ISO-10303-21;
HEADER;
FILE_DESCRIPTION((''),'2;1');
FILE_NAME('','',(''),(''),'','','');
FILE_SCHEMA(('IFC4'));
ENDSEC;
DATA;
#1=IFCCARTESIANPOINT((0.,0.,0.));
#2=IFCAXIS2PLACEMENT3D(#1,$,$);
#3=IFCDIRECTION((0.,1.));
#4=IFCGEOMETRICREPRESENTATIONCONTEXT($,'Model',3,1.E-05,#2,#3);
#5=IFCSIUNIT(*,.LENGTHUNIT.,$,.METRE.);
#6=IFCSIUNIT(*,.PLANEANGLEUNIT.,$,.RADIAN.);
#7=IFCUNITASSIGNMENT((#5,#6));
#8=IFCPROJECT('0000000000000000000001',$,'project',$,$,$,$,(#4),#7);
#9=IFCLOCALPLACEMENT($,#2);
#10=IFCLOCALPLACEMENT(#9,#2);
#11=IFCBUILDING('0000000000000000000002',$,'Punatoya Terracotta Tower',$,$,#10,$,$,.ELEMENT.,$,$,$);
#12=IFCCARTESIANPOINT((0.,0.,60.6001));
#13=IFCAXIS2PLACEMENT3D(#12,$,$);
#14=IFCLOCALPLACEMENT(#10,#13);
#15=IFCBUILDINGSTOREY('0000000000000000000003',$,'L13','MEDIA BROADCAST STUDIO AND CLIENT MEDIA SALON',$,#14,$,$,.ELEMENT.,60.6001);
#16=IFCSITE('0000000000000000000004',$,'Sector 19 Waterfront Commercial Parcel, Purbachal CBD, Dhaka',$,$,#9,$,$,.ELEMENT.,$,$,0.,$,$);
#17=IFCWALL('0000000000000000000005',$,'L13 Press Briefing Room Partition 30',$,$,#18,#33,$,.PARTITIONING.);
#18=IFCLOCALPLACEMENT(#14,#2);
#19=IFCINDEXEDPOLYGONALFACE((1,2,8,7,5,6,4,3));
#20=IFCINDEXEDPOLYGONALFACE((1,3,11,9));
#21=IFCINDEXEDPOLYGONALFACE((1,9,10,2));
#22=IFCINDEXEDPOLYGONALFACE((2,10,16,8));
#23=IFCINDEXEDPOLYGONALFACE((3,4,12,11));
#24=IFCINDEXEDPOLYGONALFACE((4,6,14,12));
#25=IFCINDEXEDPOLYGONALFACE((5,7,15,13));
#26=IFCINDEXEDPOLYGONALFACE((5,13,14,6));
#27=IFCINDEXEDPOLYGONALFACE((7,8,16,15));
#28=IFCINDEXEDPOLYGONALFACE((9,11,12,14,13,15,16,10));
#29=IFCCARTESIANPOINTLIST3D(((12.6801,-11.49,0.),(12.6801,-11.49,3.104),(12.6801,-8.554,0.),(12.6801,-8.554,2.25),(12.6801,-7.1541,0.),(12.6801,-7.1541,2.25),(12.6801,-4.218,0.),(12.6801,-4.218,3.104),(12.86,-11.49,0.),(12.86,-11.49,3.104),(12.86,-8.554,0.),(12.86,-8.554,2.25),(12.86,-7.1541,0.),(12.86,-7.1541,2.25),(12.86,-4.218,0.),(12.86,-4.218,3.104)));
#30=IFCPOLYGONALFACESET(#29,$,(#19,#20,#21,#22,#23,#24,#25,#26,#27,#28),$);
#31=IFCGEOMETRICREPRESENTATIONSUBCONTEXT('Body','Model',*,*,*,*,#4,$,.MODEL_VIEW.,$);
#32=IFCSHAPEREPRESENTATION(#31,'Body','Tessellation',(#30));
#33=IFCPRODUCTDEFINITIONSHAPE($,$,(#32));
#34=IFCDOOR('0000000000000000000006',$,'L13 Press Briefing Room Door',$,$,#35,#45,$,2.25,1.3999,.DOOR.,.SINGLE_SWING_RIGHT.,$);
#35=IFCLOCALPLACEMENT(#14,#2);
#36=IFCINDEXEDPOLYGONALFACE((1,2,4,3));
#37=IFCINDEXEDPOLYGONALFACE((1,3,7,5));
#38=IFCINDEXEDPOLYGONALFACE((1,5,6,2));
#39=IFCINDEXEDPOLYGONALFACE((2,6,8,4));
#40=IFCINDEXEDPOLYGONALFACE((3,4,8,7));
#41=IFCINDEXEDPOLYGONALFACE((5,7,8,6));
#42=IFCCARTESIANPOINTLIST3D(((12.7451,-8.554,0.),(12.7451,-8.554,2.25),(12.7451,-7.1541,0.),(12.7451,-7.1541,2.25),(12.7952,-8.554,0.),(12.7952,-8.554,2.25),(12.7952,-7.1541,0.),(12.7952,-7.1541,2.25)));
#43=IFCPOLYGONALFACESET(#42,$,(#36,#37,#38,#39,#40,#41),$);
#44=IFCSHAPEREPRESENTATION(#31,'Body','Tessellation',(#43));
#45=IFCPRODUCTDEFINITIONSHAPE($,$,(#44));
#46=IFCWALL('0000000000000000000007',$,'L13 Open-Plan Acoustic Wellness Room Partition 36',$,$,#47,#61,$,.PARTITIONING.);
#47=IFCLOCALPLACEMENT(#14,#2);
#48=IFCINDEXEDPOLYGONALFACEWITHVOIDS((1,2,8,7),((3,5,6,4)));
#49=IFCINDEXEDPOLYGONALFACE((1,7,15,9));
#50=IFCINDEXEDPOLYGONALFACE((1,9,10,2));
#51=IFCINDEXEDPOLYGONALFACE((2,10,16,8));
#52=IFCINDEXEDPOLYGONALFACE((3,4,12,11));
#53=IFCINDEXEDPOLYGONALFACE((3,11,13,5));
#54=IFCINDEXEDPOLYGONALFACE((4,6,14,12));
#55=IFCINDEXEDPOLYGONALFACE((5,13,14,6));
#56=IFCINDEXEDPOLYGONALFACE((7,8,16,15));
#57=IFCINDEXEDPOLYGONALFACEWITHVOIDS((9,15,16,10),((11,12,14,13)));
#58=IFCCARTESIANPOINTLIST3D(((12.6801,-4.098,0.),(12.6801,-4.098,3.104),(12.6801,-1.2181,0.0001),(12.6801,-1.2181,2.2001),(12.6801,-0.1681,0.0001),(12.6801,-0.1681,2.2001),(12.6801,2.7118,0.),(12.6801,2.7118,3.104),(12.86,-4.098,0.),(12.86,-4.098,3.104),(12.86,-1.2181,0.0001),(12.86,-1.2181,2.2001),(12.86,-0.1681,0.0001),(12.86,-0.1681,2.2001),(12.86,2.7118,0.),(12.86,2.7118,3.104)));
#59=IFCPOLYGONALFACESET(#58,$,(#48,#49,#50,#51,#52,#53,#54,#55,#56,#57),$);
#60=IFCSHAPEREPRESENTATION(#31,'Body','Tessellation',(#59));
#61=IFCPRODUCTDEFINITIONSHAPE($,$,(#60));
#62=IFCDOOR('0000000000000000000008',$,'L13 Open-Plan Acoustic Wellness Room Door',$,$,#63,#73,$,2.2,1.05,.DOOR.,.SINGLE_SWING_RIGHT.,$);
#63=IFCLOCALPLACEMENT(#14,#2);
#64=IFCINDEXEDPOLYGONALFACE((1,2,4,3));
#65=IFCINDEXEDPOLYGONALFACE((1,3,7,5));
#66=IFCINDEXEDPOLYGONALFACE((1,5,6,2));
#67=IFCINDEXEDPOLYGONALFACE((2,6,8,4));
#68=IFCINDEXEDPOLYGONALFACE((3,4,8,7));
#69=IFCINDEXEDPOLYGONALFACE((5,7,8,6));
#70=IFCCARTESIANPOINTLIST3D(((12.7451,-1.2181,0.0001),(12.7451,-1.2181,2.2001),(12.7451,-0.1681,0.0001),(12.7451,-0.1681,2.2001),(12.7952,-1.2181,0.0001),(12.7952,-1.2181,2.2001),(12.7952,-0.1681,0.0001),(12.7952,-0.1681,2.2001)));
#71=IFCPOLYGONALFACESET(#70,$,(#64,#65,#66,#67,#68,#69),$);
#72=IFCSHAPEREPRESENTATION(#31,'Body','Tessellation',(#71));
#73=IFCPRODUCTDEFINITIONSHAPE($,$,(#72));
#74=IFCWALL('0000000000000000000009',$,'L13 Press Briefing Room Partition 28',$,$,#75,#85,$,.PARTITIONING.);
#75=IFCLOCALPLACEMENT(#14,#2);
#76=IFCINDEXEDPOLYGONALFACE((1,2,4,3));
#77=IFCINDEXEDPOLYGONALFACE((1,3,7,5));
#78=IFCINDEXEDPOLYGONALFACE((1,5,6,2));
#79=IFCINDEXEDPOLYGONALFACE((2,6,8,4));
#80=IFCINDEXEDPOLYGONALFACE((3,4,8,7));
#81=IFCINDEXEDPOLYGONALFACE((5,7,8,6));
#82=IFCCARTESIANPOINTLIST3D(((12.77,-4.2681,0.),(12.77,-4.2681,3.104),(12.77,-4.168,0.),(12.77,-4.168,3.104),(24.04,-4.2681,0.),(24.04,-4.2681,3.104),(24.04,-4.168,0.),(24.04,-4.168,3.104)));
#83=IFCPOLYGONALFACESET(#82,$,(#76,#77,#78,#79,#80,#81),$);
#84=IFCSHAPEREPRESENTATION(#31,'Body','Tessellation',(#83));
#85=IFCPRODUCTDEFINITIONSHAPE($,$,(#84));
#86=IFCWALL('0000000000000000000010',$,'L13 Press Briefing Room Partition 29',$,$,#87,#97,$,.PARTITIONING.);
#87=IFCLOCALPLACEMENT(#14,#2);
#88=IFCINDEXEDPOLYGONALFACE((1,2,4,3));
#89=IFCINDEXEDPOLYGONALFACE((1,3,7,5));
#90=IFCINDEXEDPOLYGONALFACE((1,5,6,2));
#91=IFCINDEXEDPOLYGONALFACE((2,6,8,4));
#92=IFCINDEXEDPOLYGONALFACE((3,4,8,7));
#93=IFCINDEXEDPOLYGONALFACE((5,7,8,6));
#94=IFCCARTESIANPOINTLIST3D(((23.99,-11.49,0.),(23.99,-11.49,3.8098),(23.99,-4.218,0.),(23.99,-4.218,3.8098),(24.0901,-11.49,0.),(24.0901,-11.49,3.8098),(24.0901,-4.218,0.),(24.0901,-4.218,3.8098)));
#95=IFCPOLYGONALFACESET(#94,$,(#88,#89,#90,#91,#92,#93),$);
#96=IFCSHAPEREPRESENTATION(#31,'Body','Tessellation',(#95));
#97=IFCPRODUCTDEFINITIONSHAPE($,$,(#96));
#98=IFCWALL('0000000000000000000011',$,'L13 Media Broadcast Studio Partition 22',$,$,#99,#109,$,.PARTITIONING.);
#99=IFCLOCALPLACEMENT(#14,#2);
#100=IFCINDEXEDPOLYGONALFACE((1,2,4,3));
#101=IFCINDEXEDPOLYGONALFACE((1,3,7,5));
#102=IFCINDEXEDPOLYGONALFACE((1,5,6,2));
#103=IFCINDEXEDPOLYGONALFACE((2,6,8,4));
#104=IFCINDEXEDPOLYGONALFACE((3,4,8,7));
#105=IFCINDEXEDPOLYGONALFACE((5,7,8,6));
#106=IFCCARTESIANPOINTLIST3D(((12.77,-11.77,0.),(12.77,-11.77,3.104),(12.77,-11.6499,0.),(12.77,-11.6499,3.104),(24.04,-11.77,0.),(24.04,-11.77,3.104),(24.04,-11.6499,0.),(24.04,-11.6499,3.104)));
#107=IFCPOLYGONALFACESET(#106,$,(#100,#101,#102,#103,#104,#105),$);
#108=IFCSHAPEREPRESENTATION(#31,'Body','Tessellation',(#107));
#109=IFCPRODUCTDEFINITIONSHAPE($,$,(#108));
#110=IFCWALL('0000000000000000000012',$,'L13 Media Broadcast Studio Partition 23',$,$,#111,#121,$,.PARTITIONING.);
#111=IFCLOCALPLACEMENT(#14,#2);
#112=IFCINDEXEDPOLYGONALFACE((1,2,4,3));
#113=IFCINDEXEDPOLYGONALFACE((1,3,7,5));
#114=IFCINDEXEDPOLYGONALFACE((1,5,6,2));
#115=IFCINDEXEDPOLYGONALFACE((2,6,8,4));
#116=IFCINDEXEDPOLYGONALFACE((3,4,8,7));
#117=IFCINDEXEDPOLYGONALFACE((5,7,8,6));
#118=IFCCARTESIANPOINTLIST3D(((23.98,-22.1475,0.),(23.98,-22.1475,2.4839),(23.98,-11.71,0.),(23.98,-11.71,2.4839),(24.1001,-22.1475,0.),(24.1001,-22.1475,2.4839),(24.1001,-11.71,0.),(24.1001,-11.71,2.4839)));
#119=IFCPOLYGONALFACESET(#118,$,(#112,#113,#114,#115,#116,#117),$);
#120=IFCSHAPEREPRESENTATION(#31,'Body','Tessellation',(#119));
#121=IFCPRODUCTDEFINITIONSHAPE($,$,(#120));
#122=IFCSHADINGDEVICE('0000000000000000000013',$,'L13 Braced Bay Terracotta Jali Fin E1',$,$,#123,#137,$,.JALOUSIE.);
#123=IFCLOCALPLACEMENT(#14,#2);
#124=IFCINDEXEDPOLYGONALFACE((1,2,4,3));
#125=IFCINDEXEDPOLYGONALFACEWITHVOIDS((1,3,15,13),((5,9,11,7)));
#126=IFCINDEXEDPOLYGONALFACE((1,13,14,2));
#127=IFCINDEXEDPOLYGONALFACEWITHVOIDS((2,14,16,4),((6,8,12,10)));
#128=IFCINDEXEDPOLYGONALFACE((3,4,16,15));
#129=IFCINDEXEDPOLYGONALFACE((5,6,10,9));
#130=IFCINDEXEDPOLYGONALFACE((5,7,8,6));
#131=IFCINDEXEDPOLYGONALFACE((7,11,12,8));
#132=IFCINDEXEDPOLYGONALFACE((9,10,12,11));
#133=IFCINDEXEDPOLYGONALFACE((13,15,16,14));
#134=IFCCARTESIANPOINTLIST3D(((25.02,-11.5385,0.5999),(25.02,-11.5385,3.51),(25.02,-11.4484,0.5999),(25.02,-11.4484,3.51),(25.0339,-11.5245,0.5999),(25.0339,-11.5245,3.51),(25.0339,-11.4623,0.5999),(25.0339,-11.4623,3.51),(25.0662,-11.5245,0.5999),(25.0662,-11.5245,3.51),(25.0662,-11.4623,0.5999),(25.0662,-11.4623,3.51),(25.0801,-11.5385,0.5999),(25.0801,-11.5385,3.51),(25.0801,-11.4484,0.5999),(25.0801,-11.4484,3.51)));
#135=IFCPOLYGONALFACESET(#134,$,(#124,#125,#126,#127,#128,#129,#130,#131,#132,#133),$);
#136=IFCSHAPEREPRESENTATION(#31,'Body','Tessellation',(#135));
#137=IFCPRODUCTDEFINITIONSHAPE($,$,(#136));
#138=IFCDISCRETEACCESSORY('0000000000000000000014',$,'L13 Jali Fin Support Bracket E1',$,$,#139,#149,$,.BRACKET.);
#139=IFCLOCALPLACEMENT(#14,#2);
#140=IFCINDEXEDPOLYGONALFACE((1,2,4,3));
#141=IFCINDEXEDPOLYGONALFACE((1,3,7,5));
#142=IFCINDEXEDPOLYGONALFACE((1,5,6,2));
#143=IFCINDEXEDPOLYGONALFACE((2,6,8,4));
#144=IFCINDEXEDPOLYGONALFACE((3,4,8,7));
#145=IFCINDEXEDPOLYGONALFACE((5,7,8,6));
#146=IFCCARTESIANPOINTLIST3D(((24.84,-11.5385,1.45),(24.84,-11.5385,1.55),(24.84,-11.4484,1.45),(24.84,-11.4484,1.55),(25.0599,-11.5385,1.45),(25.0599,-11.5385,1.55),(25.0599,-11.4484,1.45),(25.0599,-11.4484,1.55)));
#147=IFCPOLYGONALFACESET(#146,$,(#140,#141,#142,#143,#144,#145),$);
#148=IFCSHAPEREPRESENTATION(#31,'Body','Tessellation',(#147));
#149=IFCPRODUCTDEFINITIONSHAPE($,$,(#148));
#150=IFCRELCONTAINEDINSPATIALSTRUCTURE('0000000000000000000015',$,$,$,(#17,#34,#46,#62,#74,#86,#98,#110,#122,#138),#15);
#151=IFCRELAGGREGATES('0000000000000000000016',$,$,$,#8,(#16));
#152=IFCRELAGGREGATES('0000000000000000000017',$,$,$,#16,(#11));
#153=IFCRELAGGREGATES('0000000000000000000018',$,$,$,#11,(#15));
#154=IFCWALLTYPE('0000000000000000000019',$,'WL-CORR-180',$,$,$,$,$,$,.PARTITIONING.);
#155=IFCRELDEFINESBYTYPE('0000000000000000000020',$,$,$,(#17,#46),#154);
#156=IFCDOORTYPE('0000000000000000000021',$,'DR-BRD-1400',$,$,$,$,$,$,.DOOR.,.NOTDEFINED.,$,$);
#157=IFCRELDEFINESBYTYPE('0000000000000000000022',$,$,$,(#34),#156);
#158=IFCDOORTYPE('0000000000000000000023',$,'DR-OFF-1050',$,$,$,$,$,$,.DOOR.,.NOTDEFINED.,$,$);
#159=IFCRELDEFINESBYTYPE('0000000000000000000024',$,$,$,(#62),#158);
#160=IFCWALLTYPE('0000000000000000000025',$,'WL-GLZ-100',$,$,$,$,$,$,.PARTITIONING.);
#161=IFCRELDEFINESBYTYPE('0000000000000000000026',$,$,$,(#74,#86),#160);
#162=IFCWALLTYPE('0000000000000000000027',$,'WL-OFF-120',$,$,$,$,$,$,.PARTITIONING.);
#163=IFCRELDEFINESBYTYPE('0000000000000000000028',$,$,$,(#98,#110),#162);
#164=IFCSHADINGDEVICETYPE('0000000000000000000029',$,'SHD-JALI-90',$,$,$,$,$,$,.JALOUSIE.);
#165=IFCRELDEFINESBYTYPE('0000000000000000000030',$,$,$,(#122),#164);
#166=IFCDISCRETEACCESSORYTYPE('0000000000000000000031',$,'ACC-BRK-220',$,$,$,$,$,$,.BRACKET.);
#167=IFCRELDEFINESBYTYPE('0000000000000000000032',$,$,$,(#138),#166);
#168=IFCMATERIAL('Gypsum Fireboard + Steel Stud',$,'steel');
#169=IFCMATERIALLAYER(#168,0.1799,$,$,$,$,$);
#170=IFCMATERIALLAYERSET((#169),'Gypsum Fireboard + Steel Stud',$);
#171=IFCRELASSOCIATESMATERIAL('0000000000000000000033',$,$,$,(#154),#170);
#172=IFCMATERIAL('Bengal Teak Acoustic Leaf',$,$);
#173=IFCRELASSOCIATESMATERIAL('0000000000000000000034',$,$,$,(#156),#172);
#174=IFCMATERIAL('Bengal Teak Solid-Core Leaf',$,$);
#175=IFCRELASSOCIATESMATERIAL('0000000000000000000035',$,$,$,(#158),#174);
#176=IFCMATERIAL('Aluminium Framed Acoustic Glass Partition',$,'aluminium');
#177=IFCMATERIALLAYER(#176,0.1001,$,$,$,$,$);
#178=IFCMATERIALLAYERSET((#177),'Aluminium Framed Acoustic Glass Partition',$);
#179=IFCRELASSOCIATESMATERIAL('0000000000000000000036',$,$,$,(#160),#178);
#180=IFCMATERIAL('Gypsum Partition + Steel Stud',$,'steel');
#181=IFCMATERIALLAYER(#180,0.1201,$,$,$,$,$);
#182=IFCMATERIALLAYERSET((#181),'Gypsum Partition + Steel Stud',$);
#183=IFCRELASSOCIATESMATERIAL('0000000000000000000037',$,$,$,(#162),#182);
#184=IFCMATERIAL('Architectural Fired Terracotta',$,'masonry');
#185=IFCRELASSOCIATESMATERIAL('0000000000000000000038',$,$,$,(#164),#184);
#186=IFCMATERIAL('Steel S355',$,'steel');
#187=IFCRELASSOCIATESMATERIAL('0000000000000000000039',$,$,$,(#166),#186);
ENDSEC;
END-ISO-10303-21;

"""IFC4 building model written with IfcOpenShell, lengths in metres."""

from ifc_helpers import new_model, si_unit, direction, frame, frame_2d, origin, origin_2d, place, context, subcontext, project, spatial, rectangle, hollow_rectangle, extrude, material, layer, layer_set, material_profile, profile_set, type_object, element, fill, save


model = new_model("IFC4")

# Units and contexts
model_context = context("Model", 3, precision=1e-05, world=origin(), true_north=direction((0.0, 1.0)))
body_context = subcontext(model_context, "Body", "Model", "MODEL_VIEW")
ifc_project = project(units=[si_unit("LENGTHUNIT", "METRE"), si_unit("PLANEANGLEUNIT", "RADIAN")], contexts=[model_context])

# Site, building, storey
site_placement = place(None, origin())
site = spatial("IfcSite", under=ifc_project, at=site_placement, Name="Sector 19 Waterfront Commercial Parcel, Purbachal CBD, Dhaka", CompositionType="ELEMENT", RefElevation=0.0)
building_placement = place(site_placement, origin())
building = spatial("IfcBuilding", under=site, at=building_placement, Name="Punatoya Terracotta Tower", CompositionType="ELEMENT")
storey_placement = place(building_placement, frame((0.0, 0.0, 60.6001)))
storey = spatial("IfcBuildingStorey", under=building, at=storey_placement, Name="L13", Description="MEDIA BROADCAST STUDIO AND CLIENT MEDIA SALON", CompositionType="ELEMENT", Elevation=60.6001)

# Walls, openings, doors
ifc_material_1 = material(Name="Gypsum Fireboard + Steel Stud", Category="steel")
ifc_layer_1 = layer(ifc_material_1, 0.1799)
ifc_layer_set_1 = layer_set([ifc_layer_1], Name="Gypsum Fireboard + Steel Stud")
wall_type_1 = type_object("IfcWallType", Name="WL-CORR-180", PredefinedType="PARTITIONING", material=ifc_layer_set_1)
wall_1_placement = place(storey_placement, frame((12.77, -11.49, 0.0), z_axis=(0.0, 0.0, 1.0), x_axis=(0.0, 1.0, 0.0)))
wall_1 = element("IfcWall", 1, at=wall_1_placement, inside=storey, type_object=wall_type_1, Name="L13 Press Briefing Room Partition 30", PredefinedType="PARTITIONING", context=body_context, shape_type="SweptSolid", body=[
    extrude(rectangle(XDim=7.272, YDim=0.1799, at=frame_2d((3.636, 0.0))), origin(), (0.0, 0.0, 1.0), 3.104),
])
opening_1_placement = place(wall_1_placement, frame((2.936, 0.0, 0.0)))
opening_1 = element("IfcOpeningElement", 2, at=opening_1_placement, cuts=wall_1, PredefinedType="OPENING", context=body_context, shape_type="SweptSolid", body=[
    extrude(rectangle(XDim=1.3999, YDim=2.25, at=frame_2d((0.7, 1.125))), frame((0.0, 0.0999, 0.0), z_axis=(0.0, -1.0, 0.0), x_axis=(1.0, 0.0, 0.0)), (0.0, 0.0, 1.0), 0.2),
])
ifc_material_2 = material(Name="Bengal Teak Acoustic Leaf")
door_type_1 = type_object("IfcDoorType", Name="DR-BRD-1400", OperationType="NOTDEFINED", PredefinedType="DOOR", material=ifc_material_2)
door_1_placement = place(opening_1_placement, origin())
door_1 = element("IfcDoor", 3, at=door_1_placement, inside=storey, type_object=door_type_1, Name="L13 Press Briefing Room Door", OperationType="SINGLE_SWING_RIGHT", OverallHeight=2.25, OverallWidth=1.3999, PredefinedType="DOOR", context=body_context, shape_type="SweptSolid", body=[
    extrude(rectangle(XDim=1.3999, YDim=2.25, at=frame_2d((0.7, 1.125))), frame((0.0, 0.0249, 0.0), z_axis=(0.0, -1.0, 0.0), x_axis=(1.0, 0.0, 0.0)), (0.0, 0.0, 1.0), 0.05),
])
fill(opening_1, door_1)
wall_2_placement = place(storey_placement, frame((12.77, -4.0979, 0.0), z_axis=(0.0, 0.0, 1.0), x_axis=(0.0, 1.0, 0.0)))
wall_2 = element("IfcWall", 4, at=wall_2_placement, inside=storey, type_object=wall_type_1, Name="L13 Open-Plan Acoustic Wellness Room Partition 36", PredefinedType="PARTITIONING", context=body_context, shape_type="SweptSolid", body=[
    extrude(rectangle(XDim=6.8098, YDim=0.1799, at=frame_2d((3.4048, 0.0))), origin(), (0.0, 0.0, 1.0), 3.104),
])
opening_2_placement = place(wall_2_placement, frame((2.8799, 0.0, 0.0)))
opening_2 = element("IfcOpeningElement", 5, at=opening_2_placement, cuts=wall_2, PredefinedType="OPENING", context=body_context, shape_type="SweptSolid", body=[
    extrude(rectangle(XDim=1.05, YDim=2.2, at=frame_2d((0.5249, 1.1001))), frame((0.0, 0.0999, 0.0), z_axis=(0.0, -1.0, 0.0), x_axis=(1.0, 0.0, 0.0)), (0.0, 0.0, 1.0), 0.2),
])
ifc_material_3 = material(Name="Bengal Teak Solid-Core Leaf")
door_type_2 = type_object("IfcDoorType", Name="DR-OFF-1050", OperationType="NOTDEFINED", PredefinedType="DOOR", material=ifc_material_3)
door_2_placement = place(opening_2_placement, origin())
door_2 = element("IfcDoor", 6, at=door_2_placement, inside=storey, type_object=door_type_2, Name="L13 Open-Plan Acoustic Wellness Room Door", OperationType="SINGLE_SWING_RIGHT", OverallHeight=2.2, OverallWidth=1.05, PredefinedType="DOOR", context=body_context, shape_type="SweptSolid", body=[
    extrude(rectangle(XDim=1.05, YDim=2.2, at=frame_2d((0.5249, 1.1001))), frame((0.0, 0.0249, 0.0), z_axis=(0.0, -1.0, 0.0), x_axis=(1.0, 0.0, 0.0)), (0.0, 0.0, 1.0), 0.05),
])
fill(opening_2, door_2)

# Walls
ifc_material_4 = material(Name="Aluminium Framed Acoustic Glass Partition", Category="aluminium")
ifc_layer_2 = layer(ifc_material_4, 0.1001)
ifc_layer_set_2 = layer_set([ifc_layer_2], Name="Aluminium Framed Acoustic Glass Partition")
wall_type_2 = type_object("IfcWallType", Name="WL-GLZ-100", PredefinedType="PARTITIONING", material=ifc_layer_set_2)
wall_3_placement = place(storey_placement, frame((12.77, -4.218, 0.0), z_axis=(0.0, 0.0, 1.0), x_axis=(1.0, 0.0, 0.0)))
element("IfcWall", 7, at=wall_3_placement, inside=storey, type_object=wall_type_2, Name="L13 Press Briefing Room Partition 28", PredefinedType="PARTITIONING", context=body_context, shape_type="SweptSolid", body=[
    extrude(rectangle(XDim=11.27, YDim=0.1001, at=frame_2d((5.635, 0.0))), origin(), (0.0, 0.0, 1.0), 3.104),
])
wall_4_placement = place(storey_placement, frame((24.04, -4.218, 0.0), z_axis=(0.0, 0.0, 1.0), x_axis=(0.0, -1.0, 0.0)))
element("IfcWall", 8, at=wall_4_placement, inside=storey, type_object=wall_type_2, Name="L13 Press Briefing Room Partition 29", PredefinedType="PARTITIONING", context=body_context, shape_type="SweptSolid", body=[
    extrude(rectangle(XDim=7.272, YDim=0.1001, at=frame_2d((3.636, 0.0))), origin(), (0.0, 0.0, 1.0), 3.8098),
])
ifc_material_5 = material(Name="Gypsum Partition + Steel Stud", Category="steel")
ifc_layer_3 = layer(ifc_material_5, 0.1201)
ifc_layer_set_3 = layer_set([ifc_layer_3], Name="Gypsum Partition + Steel Stud")
wall_type_3 = type_object("IfcWallType", Name="WL-OFF-120", PredefinedType="PARTITIONING", material=ifc_layer_set_3)
wall_5_placement = place(storey_placement, frame((12.77, -11.71, 0.0), z_axis=(0.0, 0.0, 1.0), x_axis=(1.0, 0.0, 0.0)))
element("IfcWall", 9, at=wall_5_placement, inside=storey, type_object=wall_type_3, Name="L13 Media Broadcast Studio Partition 22", PredefinedType="PARTITIONING", context=body_context, shape_type="SweptSolid", body=[
    extrude(rectangle(XDim=11.27, YDim=0.1201, at=frame_2d((5.635, 0.0))), origin(), (0.0, 0.0, 1.0), 3.104),
])
wall_6_placement = place(storey_placement, frame((24.04, -11.71, 0.0), z_axis=(0.0, 0.0, 1.0), x_axis=(0.0, -1.0, 0.0)))
element("IfcWall", 10, at=wall_6_placement, inside=storey, type_object=wall_type_3, Name="L13 Media Broadcast Studio Partition 23", PredefinedType="PARTITIONING", context=body_context, shape_type="SweptSolid", body=[
    extrude(rectangle(XDim=10.4375, YDim=0.1201, at=frame_2d((5.2188, 0.0))), origin(), (0.0, 0.0, 1.0), 2.4839),
])

# Shading device
ifc_material_6 = material(Name="Architectural Fired Terracotta", Category="masonry")
ifc_material_profile_1 = material_profile(ifc_material_6, hollow_rectangle(XDim=0.0601, YDim=0.0901, WallThickness=0.0139, at=origin_2d()))
ifc_profile_set_1 = profile_set([ifc_material_profile_1], Name="Architectural Fired Terracotta")
shading_device_type = type_object("IfcShadingDeviceType", Name="SHD-JALI-90", PredefinedType="JALOUSIE", material=ifc_profile_set_1)
shading_device_placement = place(storey_placement, frame((25.05, -11.4934, 0.5999), z_axis=(0.0, 0.0, 1.0), x_axis=(1.0, 0.0, 0.0)))
element("IfcShadingDevice", 11, at=shading_device_placement, inside=storey, type_object=shading_device_type, Name="L13 Braced Bay Terracotta Jali Fin E1", PredefinedType="JALOUSIE", context=body_context, shape_type="SweptSolid", body=[
    extrude(hollow_rectangle(XDim=0.0601, YDim=0.0901, WallThickness=0.0139, at=origin_2d()), origin(), (0.0, 0.0, 1.0), 2.9102),
])

# Discrete accessory
ifc_material_7 = material(Name="Steel S355", Category="steel")
discrete_accessory_type = type_object("IfcDiscreteAccessoryType", Name="ACC-BRK-220", PredefinedType="BRACKET", material=ifc_material_7)
discrete_accessory_placement = place(storey_placement, frame((24.95, -11.4934, 1.45), z_axis=(0.0, 0.0, 1.0), x_axis=(0.0, 1.0, 0.0)))
element("IfcDiscreteAccessory", 12, at=discrete_accessory_placement, inside=storey, type_object=discrete_accessory_type, Name="L13 Jali Fin Support Bracket E1", PredefinedType="BRACKET", context=body_context, shape_type="SweptSolid", body=[
    extrude(rectangle(XDim=0.0901, YDim=0.22, at=origin_2d()), origin(), (0.0, 0.0, 1.0), 0.1001),
])

save(model, "model.ifc")
